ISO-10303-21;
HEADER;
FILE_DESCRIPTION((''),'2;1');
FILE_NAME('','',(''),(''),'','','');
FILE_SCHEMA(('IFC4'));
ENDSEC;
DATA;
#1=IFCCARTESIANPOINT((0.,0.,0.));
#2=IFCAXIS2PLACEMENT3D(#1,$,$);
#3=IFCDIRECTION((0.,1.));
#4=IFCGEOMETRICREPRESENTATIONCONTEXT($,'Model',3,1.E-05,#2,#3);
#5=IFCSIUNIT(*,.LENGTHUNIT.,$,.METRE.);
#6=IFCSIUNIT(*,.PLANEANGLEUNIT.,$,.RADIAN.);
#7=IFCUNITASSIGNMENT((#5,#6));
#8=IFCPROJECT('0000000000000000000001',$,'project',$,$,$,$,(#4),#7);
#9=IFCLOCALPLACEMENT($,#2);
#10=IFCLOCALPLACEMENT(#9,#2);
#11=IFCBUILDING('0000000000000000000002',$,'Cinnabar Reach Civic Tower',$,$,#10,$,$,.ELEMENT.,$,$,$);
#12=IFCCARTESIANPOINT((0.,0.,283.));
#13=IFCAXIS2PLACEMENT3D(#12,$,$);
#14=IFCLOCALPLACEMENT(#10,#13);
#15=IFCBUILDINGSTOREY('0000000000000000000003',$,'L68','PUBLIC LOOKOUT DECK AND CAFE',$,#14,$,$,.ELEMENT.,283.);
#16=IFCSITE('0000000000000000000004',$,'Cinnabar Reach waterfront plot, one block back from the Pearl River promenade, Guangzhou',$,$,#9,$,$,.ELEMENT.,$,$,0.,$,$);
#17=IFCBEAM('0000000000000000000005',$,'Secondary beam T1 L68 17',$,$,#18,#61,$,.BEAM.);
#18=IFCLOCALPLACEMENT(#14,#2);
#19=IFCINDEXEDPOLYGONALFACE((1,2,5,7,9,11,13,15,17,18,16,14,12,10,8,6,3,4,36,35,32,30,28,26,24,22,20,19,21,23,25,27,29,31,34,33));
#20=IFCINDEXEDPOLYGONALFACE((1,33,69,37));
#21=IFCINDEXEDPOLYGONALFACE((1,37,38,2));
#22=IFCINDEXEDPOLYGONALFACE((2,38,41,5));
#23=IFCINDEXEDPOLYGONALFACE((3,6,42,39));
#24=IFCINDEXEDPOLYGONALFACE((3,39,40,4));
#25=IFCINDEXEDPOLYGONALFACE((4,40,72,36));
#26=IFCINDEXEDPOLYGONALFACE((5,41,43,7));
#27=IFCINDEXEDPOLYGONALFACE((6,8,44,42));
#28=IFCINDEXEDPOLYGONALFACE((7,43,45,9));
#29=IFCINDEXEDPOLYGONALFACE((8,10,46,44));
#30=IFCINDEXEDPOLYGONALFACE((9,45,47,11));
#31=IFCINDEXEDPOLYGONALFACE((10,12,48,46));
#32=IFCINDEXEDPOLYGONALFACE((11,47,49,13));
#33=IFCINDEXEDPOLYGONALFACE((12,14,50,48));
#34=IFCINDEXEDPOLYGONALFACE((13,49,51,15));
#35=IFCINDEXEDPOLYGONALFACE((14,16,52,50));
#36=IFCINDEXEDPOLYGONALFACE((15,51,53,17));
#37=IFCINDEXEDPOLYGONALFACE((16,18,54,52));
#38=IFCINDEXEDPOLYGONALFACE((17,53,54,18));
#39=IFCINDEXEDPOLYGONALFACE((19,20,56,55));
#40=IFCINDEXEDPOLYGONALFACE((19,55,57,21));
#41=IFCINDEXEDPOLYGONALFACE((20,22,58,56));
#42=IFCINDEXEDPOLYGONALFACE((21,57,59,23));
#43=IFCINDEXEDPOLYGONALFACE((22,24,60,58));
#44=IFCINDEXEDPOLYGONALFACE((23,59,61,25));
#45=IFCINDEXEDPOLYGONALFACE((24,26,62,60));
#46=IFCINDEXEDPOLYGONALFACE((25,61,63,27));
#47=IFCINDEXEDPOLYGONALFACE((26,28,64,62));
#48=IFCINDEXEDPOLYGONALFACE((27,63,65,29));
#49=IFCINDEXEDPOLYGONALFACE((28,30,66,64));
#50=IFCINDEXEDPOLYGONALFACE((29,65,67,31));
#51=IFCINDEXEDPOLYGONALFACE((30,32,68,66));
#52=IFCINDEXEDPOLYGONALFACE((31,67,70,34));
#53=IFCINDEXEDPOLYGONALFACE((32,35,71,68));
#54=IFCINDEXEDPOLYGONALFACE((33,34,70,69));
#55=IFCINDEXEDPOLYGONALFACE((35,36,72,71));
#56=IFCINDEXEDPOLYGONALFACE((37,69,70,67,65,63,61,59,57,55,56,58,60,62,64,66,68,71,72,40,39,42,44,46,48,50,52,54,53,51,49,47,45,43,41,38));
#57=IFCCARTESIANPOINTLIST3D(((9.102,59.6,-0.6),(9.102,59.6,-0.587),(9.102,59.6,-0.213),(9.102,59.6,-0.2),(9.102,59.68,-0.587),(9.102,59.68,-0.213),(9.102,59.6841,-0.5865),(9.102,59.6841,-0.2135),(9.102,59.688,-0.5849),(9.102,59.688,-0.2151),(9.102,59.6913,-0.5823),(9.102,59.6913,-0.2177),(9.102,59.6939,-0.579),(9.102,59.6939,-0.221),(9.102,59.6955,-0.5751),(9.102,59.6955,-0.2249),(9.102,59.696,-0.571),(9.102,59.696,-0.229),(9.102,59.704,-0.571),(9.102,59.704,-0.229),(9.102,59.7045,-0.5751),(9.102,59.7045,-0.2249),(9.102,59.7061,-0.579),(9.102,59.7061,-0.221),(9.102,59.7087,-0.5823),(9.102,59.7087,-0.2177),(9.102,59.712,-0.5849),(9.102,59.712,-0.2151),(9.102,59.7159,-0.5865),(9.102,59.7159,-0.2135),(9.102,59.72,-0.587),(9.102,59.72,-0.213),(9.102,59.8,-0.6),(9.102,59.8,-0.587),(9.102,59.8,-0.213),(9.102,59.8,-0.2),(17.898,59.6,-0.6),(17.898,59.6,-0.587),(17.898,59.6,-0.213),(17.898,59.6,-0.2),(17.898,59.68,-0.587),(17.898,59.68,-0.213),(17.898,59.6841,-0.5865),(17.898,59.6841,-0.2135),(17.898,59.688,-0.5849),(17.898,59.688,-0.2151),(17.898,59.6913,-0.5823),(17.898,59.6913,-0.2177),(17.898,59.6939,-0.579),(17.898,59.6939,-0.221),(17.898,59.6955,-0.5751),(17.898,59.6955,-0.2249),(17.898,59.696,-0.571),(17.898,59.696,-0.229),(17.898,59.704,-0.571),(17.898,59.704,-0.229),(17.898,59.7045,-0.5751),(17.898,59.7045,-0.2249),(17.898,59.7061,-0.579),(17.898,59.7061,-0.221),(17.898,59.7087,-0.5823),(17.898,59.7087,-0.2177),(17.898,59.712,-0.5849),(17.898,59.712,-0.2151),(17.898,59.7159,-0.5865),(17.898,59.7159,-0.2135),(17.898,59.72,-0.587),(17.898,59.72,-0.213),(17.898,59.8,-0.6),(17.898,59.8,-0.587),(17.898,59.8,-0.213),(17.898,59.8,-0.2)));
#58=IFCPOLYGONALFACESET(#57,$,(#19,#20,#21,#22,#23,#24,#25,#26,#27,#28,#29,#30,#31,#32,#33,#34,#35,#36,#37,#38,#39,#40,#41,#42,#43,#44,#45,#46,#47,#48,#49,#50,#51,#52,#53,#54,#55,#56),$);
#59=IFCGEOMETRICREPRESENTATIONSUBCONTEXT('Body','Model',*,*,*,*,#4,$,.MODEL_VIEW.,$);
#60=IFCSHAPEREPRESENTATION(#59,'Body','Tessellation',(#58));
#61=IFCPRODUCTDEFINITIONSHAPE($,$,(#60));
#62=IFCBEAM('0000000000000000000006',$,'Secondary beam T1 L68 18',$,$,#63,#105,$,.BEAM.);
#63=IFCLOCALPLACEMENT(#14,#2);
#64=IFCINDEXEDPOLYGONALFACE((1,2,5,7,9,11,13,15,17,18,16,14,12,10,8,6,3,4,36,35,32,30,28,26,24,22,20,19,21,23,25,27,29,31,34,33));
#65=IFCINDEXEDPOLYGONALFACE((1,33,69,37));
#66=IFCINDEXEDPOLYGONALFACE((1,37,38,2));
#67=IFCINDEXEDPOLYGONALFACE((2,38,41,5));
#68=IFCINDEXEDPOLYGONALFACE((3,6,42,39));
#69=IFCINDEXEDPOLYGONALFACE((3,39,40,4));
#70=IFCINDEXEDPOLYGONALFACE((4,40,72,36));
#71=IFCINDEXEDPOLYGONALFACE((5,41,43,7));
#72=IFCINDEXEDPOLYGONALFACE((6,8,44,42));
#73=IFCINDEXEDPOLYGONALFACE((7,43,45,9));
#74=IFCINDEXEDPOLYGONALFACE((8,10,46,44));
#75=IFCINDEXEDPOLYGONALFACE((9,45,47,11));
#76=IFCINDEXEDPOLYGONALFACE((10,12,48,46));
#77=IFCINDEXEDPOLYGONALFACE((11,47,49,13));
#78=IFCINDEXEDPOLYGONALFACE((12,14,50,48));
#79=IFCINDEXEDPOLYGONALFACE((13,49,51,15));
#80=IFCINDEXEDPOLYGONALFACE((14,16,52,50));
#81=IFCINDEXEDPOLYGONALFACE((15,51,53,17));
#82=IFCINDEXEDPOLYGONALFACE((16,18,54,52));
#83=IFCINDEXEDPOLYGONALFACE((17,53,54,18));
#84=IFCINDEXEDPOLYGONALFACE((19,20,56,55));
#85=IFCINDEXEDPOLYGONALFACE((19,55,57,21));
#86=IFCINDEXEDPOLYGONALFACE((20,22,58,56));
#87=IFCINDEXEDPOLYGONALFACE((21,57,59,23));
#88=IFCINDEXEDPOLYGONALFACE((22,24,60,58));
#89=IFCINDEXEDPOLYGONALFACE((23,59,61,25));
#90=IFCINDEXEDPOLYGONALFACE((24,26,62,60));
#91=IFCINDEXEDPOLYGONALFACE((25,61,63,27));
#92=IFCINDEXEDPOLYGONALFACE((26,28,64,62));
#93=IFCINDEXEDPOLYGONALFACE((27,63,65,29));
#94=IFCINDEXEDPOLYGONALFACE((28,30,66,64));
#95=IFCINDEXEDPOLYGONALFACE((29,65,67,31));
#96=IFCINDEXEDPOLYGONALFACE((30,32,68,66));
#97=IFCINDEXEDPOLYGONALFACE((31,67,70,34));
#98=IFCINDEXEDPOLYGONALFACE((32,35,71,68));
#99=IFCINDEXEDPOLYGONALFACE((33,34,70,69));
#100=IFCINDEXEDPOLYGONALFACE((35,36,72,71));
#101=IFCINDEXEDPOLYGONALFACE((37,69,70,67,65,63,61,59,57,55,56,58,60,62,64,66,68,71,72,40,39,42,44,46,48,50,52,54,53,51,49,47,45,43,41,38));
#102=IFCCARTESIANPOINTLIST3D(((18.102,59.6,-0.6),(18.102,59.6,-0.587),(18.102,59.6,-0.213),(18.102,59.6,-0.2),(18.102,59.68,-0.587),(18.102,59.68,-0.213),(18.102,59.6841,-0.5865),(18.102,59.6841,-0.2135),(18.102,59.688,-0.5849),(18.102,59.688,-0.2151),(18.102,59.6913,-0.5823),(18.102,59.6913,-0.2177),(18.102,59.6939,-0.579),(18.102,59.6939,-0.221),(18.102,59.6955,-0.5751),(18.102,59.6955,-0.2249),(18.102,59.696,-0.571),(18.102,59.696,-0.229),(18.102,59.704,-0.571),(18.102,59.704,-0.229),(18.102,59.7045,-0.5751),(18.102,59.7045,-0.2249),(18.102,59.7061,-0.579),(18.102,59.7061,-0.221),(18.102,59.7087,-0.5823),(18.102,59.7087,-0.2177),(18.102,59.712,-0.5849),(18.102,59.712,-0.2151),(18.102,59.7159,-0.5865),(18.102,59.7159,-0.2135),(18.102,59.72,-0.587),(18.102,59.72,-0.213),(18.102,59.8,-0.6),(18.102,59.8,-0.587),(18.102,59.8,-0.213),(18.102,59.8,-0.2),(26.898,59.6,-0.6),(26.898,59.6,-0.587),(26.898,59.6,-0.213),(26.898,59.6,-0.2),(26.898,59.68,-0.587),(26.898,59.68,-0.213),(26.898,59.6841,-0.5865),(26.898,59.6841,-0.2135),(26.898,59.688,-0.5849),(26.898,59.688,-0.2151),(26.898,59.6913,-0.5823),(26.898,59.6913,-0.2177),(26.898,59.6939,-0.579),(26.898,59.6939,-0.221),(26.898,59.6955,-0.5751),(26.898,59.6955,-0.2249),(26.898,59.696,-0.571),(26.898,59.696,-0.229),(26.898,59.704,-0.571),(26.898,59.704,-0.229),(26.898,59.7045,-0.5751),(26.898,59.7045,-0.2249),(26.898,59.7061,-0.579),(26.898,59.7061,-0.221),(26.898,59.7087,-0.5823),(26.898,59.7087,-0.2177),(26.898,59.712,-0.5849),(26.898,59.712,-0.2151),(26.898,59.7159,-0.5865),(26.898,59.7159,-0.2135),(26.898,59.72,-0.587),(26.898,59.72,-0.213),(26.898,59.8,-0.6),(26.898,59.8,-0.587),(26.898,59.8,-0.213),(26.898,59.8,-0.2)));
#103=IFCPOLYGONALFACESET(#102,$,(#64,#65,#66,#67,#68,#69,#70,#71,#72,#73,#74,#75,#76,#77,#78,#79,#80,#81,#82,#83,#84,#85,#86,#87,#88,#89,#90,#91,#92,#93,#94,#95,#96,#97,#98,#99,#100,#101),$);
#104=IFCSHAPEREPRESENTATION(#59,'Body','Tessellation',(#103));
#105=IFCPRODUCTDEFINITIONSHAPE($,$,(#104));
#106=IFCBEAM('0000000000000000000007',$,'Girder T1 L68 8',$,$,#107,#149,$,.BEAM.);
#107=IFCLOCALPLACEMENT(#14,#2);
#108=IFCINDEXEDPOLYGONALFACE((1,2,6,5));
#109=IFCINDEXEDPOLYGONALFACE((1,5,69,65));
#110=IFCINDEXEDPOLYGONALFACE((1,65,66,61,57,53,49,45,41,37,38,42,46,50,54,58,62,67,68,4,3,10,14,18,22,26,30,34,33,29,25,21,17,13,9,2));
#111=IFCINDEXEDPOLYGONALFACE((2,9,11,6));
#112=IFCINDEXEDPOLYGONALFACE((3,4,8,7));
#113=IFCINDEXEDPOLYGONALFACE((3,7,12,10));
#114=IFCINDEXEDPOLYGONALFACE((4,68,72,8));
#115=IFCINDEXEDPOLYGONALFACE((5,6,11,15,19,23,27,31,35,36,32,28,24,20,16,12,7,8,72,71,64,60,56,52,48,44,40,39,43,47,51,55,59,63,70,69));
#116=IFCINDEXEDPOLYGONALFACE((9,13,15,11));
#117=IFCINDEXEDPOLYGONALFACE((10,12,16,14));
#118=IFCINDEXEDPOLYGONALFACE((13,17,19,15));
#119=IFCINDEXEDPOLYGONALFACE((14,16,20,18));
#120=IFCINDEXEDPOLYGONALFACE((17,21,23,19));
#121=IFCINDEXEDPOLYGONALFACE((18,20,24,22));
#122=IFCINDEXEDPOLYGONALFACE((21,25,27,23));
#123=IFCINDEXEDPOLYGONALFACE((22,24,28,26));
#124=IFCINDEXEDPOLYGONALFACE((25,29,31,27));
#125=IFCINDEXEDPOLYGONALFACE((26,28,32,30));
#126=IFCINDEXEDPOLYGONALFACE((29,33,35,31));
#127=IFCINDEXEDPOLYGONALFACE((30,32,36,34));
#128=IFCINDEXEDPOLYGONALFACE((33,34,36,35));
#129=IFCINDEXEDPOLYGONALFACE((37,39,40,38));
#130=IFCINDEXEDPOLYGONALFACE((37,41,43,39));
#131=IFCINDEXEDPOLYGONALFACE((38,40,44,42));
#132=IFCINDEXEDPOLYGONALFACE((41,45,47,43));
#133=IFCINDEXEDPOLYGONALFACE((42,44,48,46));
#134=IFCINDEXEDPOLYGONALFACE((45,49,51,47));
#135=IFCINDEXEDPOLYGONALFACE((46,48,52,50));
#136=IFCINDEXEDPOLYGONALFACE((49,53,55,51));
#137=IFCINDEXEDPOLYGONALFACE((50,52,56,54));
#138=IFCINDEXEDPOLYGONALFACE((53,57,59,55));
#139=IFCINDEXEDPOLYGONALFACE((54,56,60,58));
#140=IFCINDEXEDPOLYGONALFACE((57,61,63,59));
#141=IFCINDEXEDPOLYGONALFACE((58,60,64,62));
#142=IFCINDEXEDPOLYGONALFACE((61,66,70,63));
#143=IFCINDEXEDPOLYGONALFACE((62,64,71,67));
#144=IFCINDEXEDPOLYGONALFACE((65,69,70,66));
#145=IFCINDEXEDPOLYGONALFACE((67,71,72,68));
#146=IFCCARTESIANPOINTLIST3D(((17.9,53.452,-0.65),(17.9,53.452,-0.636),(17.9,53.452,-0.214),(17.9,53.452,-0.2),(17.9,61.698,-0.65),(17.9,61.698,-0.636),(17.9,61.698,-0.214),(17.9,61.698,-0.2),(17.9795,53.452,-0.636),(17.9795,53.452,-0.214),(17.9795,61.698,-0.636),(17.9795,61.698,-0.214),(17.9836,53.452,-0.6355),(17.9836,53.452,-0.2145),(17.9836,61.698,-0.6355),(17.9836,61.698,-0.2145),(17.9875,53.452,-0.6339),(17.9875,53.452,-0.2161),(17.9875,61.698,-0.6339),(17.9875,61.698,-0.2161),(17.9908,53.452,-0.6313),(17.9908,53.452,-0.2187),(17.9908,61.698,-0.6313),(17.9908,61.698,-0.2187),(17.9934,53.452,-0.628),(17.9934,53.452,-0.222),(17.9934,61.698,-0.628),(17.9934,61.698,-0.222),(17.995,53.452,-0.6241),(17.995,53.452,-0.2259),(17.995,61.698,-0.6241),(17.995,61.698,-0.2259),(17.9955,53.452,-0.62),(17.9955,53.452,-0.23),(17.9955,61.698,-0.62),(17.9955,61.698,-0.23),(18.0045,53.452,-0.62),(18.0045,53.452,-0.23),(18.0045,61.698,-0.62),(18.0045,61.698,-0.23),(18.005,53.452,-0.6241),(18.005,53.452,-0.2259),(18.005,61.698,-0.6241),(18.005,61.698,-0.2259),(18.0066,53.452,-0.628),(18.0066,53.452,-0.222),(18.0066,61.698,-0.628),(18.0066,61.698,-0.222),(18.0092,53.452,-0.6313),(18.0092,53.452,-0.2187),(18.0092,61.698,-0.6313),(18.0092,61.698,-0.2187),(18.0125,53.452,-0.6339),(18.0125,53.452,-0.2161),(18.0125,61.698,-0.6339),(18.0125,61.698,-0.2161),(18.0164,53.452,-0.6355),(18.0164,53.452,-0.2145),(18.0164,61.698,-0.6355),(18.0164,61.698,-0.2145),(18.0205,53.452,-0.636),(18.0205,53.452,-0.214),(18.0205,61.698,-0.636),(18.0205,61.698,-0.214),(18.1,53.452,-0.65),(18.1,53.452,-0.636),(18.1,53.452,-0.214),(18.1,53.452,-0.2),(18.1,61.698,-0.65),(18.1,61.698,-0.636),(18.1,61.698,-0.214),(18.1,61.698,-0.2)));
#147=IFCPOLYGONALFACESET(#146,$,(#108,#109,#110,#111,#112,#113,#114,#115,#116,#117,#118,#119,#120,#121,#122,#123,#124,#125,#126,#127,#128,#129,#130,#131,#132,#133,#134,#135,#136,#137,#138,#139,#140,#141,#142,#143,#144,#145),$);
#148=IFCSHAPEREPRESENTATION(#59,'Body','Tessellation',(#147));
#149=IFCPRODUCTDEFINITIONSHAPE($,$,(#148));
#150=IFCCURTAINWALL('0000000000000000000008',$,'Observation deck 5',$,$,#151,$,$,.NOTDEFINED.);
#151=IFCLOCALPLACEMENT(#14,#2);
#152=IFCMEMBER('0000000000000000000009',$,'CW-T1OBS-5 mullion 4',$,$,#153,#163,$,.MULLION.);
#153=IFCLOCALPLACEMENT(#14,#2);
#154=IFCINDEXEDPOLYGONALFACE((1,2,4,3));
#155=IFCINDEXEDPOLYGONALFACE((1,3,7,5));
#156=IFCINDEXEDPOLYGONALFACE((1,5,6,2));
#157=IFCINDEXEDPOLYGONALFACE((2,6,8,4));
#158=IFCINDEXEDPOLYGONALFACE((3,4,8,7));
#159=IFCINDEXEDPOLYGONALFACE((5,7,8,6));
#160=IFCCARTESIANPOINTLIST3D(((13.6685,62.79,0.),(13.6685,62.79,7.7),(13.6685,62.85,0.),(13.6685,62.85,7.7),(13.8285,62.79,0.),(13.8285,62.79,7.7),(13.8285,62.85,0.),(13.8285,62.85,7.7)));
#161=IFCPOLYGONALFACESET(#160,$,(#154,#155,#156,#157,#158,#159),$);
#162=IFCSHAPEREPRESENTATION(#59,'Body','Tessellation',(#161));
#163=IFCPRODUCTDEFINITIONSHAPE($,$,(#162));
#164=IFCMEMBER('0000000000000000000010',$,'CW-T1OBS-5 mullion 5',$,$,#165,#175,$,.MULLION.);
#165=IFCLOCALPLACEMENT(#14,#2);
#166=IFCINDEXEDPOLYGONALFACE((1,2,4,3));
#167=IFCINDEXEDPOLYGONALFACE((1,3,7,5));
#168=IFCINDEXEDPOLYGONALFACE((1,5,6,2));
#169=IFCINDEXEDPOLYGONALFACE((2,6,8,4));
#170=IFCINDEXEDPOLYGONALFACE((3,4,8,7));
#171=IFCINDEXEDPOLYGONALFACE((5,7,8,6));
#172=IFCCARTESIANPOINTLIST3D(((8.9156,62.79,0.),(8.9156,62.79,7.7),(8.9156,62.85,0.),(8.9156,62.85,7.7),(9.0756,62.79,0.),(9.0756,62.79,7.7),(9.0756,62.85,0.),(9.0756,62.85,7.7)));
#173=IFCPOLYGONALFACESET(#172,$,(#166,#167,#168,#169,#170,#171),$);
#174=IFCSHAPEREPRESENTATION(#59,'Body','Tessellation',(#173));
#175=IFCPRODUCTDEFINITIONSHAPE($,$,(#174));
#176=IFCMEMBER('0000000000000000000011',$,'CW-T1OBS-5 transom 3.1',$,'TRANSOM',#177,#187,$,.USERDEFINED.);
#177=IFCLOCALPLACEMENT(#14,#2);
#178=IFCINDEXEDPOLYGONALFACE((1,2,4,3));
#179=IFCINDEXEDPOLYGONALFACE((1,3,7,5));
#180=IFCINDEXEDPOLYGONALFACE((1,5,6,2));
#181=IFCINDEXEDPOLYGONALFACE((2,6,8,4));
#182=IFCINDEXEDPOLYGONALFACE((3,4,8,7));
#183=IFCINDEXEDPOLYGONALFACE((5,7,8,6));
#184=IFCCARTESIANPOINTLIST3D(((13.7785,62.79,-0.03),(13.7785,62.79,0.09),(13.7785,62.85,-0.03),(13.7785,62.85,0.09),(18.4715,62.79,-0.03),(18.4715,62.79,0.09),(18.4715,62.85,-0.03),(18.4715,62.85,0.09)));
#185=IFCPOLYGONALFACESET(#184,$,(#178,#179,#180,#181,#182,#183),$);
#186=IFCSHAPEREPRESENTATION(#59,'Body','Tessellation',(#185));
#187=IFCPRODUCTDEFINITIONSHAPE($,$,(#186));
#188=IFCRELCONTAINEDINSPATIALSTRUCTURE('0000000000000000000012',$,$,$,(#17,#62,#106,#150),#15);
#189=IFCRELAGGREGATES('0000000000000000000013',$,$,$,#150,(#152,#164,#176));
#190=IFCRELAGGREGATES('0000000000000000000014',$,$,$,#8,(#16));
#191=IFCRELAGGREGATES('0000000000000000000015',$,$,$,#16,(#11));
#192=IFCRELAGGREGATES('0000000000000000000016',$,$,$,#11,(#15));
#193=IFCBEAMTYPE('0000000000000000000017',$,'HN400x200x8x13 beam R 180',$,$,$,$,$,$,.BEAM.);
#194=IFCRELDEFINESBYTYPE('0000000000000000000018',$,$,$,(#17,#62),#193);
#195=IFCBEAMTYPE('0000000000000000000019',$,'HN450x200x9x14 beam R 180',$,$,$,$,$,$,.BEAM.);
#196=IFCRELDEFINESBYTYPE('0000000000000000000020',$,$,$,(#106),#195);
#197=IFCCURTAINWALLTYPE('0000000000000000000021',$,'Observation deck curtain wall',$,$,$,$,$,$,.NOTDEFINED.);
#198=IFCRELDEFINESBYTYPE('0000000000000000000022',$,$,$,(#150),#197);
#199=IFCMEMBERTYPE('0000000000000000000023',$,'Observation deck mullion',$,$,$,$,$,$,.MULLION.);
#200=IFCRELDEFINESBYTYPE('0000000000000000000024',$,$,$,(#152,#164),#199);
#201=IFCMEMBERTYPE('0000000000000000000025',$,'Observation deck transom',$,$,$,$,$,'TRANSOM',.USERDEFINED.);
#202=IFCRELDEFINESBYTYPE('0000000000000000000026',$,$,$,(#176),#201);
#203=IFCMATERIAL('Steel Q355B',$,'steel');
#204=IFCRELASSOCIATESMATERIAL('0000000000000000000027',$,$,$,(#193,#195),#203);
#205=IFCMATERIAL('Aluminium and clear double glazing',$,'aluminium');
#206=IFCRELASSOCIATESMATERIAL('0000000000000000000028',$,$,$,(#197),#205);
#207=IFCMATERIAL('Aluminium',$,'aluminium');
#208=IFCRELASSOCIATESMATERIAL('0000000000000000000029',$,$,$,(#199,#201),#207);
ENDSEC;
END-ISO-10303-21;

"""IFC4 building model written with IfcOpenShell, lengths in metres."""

from ifc_helpers import new_model, si_unit, direction, frame, origin, origin_2d, place, context, subcontext, project, spatial, rectangle, i_section, extrude, material, material_profile, profile_set, type_object, element, aggregate, save


model = new_model("IFC4")

# Units and contexts
model_context = context("Model", 3, precision=1e-05, world=origin(), true_north=direction((0.0, 1.0)))
body_context = subcontext(model_context, "Body", "Model", "MODEL_VIEW")
ifc_project = project(units=[si_unit("LENGTHUNIT", "METRE"), si_unit("PLANEANGLEUNIT", "RADIAN")], contexts=[model_context])

# Site, building, storey
site_placement = place(None, origin())
site = spatial("IfcSite", under=ifc_project, at=site_placement, Name="Cinnabar Reach waterfront plot, one block back from the Pearl River promenade, Guangzhou", CompositionType="ELEMENT", RefElevation=0.0)
building_placement = place(site_placement, origin())
building = spatial("IfcBuilding", under=site, at=building_placement, Name="Cinnabar Reach Civic Tower", CompositionType="ELEMENT")
storey_placement = place(building_placement, frame((0.0, 0.0, 283.0)))
storey = spatial("IfcBuildingStorey", under=building, at=storey_placement, Name="L68", Description="PUBLIC LOOKOUT DECK AND CAFE", CompositionType="ELEMENT", Elevation=283.0)

# Beams
ifc_material_1 = material(Name="Steel Q355B", Category="steel")
ifc_material_profile_1 = material_profile(ifc_material_1, i_section(OverallWidth=0.2, OverallDepth=0.4, WebThickness=0.008, FlangeThickness=0.013, FilletRadius=0.016, at=origin_2d()), Name="HN400x200x8x13")
ifc_profile_set_1 = profile_set([ifc_material_profile_1], Name="Steel Q355B")
beam_type_1 = type_object("IfcBeamType", Name="HN400x200x8x13 beam R 180", PredefinedType="BEAM", material=ifc_profile_set_1)
for number, where, z_axis, x_axis, name in (
    (1, (9.102, 59.7, -0.4), (1.0, 0.0, 0.0), (0.0, 1.0, 0.0), "Secondary beam T1 L68 17"),
    (2, (18.102, 59.7, -0.4), (1.0, 0.0, 0.0), (0.0, 1.0, 0.0), "Secondary beam T1 L68 18"),
):
    element("IfcBeam", number, at=place(storey_placement, frame(where, z_axis=z_axis, x_axis=x_axis)), inside=storey, type_object=beam_type_1, Name=name, PredefinedType="BEAM", context=body_context, shape_type="SweptSolid", body=[
        extrude(i_section(OverallWidth=0.2, OverallDepth=0.4, WebThickness=0.008, FlangeThickness=0.013, FilletRadius=0.016, at=origin_2d()), origin(), (0.0, 0.0, 1.0), 8.796),
    ])
ifc_material_profile_2 = material_profile(ifc_material_1, i_section(OverallWidth=0.2, OverallDepth=0.45, WebThickness=0.009, FlangeThickness=0.014, FilletRadius=0.016, at=origin_2d()), Name="HN450x200x9x14")
ifc_profile_set_2 = profile_set([ifc_material_profile_2], Name="Steel Q355B")
beam_type_2 = type_object("IfcBeamType", Name="HN450x200x9x14 beam R 180", PredefinedType="BEAM", material=ifc_profile_set_2)
beam_1_placement = place(storey_placement, frame((18.0, 53.452, -0.425), z_axis=(0.0, 1.0, 0.0), x_axis=(-1.0, 0.0, 0.0)))
element("IfcBeam", 3, at=beam_1_placement, inside=storey, type_object=beam_type_2, Name="Girder T1 L68 8", PredefinedType="BEAM", context=body_context, shape_type="SweptSolid", body=[
    extrude(i_section(OverallWidth=0.2, OverallDepth=0.45, WebThickness=0.009, FlangeThickness=0.014, FilletRadius=0.016, at=origin_2d()), origin(), (0.0, 0.0, 1.0), 8.246),
])

# Curtain wall, members
ifc_material_2 = material(Name="Aluminium and clear double glazing", Category="aluminium")
curtain_wall_type = type_object("IfcCurtainWallType", Name="Observation deck curtain wall", PredefinedType="NOTDEFINED", material=ifc_material_2)
curtain_wall_placement = place(storey_placement, origin())
curtain_wall = element("IfcCurtainWall", 4, at=curtain_wall_placement, inside=storey, type_object=curtain_wall_type, Name="Observation deck 5", PredefinedType="NOTDEFINED")
ifc_material_3 = material(Name="Aluminium", Category="aluminium")
ifc_material_profile_3 = material_profile(ifc_material_3, rectangle(XDim=0.06, YDim=0.16, at=origin_2d()), Name="Observation deck mullion")
ifc_profile_set_3 = profile_set([ifc_material_profile_3], Name="Aluminium")
member_type_1 = type_object("IfcMemberType", Name="Observation deck mullion", PredefinedType="MULLION", material=ifc_profile_set_3)
member_1_placement = place(storey_placement, frame((13.7485, 62.82, 0.0), z_axis=(0.0, 0.0, 1.0), x_axis=(0.0, -1.0, 0.0)))
member_1 = element("IfcMember", 5, at=member_1_placement, type_object=member_type_1, Name="CW-T1OBS-5 mullion 4", PredefinedType="MULLION", context=body_context, shape_type="SweptSolid", body=[
    extrude(rectangle(XDim=0.06, YDim=0.16, at=origin_2d()), origin(), (0.0, 0.0, 1.0), 7.7),
])
member_2_placement = place(storey_placement, frame((8.9956, 62.82, 0.0), z_axis=(0.0, 0.0, 1.0), x_axis=(0.0, -1.0, 0.0)))
member_2 = element("IfcMember", 6, at=member_2_placement, type_object=member_type_1, Name="CW-T1OBS-5 mullion 5", PredefinedType="MULLION", context=body_context, shape_type="SweptSolid", body=[
    extrude(rectangle(XDim=0.06, YDim=0.16, at=origin_2d()), origin(), (0.0, 0.0, 1.0), 7.7),
])
ifc_material_profile_4 = material_profile(ifc_material_3, rectangle(XDim=0.06, YDim=0.12, at=origin_2d()), Name="Observation deck transom")
ifc_profile_set_4 = profile_set([ifc_material_profile_4], Name="Aluminium")
member_type_2 = type_object("IfcMemberType", Name="Observation deck transom", ElementType="TRANSOM", PredefinedType="USERDEFINED", material=ifc_profile_set_4)
member_3_placement = place(storey_placement, frame((18.4715, 62.82, 0.03), z_axis=(-1.0, 0.0, 0.0), x_axis=(0.0, -1.0, 0.0)))
member_3 = element("IfcMember", 7, at=member_3_placement, type_object=member_type_2, Name="CW-T1OBS-5 transom 3.1", ObjectType="TRANSOM", PredefinedType="USERDEFINED", context=body_context, shape_type="SweptSolid", body=[
    extrude(rectangle(XDim=0.06, YDim=0.12, at=origin_2d()), origin(), (0.0, 0.0, 1.0), 4.693),
])
aggregate(curtain_wall, [member_1, member_2, member_3])

save(model, "model.ifc")
